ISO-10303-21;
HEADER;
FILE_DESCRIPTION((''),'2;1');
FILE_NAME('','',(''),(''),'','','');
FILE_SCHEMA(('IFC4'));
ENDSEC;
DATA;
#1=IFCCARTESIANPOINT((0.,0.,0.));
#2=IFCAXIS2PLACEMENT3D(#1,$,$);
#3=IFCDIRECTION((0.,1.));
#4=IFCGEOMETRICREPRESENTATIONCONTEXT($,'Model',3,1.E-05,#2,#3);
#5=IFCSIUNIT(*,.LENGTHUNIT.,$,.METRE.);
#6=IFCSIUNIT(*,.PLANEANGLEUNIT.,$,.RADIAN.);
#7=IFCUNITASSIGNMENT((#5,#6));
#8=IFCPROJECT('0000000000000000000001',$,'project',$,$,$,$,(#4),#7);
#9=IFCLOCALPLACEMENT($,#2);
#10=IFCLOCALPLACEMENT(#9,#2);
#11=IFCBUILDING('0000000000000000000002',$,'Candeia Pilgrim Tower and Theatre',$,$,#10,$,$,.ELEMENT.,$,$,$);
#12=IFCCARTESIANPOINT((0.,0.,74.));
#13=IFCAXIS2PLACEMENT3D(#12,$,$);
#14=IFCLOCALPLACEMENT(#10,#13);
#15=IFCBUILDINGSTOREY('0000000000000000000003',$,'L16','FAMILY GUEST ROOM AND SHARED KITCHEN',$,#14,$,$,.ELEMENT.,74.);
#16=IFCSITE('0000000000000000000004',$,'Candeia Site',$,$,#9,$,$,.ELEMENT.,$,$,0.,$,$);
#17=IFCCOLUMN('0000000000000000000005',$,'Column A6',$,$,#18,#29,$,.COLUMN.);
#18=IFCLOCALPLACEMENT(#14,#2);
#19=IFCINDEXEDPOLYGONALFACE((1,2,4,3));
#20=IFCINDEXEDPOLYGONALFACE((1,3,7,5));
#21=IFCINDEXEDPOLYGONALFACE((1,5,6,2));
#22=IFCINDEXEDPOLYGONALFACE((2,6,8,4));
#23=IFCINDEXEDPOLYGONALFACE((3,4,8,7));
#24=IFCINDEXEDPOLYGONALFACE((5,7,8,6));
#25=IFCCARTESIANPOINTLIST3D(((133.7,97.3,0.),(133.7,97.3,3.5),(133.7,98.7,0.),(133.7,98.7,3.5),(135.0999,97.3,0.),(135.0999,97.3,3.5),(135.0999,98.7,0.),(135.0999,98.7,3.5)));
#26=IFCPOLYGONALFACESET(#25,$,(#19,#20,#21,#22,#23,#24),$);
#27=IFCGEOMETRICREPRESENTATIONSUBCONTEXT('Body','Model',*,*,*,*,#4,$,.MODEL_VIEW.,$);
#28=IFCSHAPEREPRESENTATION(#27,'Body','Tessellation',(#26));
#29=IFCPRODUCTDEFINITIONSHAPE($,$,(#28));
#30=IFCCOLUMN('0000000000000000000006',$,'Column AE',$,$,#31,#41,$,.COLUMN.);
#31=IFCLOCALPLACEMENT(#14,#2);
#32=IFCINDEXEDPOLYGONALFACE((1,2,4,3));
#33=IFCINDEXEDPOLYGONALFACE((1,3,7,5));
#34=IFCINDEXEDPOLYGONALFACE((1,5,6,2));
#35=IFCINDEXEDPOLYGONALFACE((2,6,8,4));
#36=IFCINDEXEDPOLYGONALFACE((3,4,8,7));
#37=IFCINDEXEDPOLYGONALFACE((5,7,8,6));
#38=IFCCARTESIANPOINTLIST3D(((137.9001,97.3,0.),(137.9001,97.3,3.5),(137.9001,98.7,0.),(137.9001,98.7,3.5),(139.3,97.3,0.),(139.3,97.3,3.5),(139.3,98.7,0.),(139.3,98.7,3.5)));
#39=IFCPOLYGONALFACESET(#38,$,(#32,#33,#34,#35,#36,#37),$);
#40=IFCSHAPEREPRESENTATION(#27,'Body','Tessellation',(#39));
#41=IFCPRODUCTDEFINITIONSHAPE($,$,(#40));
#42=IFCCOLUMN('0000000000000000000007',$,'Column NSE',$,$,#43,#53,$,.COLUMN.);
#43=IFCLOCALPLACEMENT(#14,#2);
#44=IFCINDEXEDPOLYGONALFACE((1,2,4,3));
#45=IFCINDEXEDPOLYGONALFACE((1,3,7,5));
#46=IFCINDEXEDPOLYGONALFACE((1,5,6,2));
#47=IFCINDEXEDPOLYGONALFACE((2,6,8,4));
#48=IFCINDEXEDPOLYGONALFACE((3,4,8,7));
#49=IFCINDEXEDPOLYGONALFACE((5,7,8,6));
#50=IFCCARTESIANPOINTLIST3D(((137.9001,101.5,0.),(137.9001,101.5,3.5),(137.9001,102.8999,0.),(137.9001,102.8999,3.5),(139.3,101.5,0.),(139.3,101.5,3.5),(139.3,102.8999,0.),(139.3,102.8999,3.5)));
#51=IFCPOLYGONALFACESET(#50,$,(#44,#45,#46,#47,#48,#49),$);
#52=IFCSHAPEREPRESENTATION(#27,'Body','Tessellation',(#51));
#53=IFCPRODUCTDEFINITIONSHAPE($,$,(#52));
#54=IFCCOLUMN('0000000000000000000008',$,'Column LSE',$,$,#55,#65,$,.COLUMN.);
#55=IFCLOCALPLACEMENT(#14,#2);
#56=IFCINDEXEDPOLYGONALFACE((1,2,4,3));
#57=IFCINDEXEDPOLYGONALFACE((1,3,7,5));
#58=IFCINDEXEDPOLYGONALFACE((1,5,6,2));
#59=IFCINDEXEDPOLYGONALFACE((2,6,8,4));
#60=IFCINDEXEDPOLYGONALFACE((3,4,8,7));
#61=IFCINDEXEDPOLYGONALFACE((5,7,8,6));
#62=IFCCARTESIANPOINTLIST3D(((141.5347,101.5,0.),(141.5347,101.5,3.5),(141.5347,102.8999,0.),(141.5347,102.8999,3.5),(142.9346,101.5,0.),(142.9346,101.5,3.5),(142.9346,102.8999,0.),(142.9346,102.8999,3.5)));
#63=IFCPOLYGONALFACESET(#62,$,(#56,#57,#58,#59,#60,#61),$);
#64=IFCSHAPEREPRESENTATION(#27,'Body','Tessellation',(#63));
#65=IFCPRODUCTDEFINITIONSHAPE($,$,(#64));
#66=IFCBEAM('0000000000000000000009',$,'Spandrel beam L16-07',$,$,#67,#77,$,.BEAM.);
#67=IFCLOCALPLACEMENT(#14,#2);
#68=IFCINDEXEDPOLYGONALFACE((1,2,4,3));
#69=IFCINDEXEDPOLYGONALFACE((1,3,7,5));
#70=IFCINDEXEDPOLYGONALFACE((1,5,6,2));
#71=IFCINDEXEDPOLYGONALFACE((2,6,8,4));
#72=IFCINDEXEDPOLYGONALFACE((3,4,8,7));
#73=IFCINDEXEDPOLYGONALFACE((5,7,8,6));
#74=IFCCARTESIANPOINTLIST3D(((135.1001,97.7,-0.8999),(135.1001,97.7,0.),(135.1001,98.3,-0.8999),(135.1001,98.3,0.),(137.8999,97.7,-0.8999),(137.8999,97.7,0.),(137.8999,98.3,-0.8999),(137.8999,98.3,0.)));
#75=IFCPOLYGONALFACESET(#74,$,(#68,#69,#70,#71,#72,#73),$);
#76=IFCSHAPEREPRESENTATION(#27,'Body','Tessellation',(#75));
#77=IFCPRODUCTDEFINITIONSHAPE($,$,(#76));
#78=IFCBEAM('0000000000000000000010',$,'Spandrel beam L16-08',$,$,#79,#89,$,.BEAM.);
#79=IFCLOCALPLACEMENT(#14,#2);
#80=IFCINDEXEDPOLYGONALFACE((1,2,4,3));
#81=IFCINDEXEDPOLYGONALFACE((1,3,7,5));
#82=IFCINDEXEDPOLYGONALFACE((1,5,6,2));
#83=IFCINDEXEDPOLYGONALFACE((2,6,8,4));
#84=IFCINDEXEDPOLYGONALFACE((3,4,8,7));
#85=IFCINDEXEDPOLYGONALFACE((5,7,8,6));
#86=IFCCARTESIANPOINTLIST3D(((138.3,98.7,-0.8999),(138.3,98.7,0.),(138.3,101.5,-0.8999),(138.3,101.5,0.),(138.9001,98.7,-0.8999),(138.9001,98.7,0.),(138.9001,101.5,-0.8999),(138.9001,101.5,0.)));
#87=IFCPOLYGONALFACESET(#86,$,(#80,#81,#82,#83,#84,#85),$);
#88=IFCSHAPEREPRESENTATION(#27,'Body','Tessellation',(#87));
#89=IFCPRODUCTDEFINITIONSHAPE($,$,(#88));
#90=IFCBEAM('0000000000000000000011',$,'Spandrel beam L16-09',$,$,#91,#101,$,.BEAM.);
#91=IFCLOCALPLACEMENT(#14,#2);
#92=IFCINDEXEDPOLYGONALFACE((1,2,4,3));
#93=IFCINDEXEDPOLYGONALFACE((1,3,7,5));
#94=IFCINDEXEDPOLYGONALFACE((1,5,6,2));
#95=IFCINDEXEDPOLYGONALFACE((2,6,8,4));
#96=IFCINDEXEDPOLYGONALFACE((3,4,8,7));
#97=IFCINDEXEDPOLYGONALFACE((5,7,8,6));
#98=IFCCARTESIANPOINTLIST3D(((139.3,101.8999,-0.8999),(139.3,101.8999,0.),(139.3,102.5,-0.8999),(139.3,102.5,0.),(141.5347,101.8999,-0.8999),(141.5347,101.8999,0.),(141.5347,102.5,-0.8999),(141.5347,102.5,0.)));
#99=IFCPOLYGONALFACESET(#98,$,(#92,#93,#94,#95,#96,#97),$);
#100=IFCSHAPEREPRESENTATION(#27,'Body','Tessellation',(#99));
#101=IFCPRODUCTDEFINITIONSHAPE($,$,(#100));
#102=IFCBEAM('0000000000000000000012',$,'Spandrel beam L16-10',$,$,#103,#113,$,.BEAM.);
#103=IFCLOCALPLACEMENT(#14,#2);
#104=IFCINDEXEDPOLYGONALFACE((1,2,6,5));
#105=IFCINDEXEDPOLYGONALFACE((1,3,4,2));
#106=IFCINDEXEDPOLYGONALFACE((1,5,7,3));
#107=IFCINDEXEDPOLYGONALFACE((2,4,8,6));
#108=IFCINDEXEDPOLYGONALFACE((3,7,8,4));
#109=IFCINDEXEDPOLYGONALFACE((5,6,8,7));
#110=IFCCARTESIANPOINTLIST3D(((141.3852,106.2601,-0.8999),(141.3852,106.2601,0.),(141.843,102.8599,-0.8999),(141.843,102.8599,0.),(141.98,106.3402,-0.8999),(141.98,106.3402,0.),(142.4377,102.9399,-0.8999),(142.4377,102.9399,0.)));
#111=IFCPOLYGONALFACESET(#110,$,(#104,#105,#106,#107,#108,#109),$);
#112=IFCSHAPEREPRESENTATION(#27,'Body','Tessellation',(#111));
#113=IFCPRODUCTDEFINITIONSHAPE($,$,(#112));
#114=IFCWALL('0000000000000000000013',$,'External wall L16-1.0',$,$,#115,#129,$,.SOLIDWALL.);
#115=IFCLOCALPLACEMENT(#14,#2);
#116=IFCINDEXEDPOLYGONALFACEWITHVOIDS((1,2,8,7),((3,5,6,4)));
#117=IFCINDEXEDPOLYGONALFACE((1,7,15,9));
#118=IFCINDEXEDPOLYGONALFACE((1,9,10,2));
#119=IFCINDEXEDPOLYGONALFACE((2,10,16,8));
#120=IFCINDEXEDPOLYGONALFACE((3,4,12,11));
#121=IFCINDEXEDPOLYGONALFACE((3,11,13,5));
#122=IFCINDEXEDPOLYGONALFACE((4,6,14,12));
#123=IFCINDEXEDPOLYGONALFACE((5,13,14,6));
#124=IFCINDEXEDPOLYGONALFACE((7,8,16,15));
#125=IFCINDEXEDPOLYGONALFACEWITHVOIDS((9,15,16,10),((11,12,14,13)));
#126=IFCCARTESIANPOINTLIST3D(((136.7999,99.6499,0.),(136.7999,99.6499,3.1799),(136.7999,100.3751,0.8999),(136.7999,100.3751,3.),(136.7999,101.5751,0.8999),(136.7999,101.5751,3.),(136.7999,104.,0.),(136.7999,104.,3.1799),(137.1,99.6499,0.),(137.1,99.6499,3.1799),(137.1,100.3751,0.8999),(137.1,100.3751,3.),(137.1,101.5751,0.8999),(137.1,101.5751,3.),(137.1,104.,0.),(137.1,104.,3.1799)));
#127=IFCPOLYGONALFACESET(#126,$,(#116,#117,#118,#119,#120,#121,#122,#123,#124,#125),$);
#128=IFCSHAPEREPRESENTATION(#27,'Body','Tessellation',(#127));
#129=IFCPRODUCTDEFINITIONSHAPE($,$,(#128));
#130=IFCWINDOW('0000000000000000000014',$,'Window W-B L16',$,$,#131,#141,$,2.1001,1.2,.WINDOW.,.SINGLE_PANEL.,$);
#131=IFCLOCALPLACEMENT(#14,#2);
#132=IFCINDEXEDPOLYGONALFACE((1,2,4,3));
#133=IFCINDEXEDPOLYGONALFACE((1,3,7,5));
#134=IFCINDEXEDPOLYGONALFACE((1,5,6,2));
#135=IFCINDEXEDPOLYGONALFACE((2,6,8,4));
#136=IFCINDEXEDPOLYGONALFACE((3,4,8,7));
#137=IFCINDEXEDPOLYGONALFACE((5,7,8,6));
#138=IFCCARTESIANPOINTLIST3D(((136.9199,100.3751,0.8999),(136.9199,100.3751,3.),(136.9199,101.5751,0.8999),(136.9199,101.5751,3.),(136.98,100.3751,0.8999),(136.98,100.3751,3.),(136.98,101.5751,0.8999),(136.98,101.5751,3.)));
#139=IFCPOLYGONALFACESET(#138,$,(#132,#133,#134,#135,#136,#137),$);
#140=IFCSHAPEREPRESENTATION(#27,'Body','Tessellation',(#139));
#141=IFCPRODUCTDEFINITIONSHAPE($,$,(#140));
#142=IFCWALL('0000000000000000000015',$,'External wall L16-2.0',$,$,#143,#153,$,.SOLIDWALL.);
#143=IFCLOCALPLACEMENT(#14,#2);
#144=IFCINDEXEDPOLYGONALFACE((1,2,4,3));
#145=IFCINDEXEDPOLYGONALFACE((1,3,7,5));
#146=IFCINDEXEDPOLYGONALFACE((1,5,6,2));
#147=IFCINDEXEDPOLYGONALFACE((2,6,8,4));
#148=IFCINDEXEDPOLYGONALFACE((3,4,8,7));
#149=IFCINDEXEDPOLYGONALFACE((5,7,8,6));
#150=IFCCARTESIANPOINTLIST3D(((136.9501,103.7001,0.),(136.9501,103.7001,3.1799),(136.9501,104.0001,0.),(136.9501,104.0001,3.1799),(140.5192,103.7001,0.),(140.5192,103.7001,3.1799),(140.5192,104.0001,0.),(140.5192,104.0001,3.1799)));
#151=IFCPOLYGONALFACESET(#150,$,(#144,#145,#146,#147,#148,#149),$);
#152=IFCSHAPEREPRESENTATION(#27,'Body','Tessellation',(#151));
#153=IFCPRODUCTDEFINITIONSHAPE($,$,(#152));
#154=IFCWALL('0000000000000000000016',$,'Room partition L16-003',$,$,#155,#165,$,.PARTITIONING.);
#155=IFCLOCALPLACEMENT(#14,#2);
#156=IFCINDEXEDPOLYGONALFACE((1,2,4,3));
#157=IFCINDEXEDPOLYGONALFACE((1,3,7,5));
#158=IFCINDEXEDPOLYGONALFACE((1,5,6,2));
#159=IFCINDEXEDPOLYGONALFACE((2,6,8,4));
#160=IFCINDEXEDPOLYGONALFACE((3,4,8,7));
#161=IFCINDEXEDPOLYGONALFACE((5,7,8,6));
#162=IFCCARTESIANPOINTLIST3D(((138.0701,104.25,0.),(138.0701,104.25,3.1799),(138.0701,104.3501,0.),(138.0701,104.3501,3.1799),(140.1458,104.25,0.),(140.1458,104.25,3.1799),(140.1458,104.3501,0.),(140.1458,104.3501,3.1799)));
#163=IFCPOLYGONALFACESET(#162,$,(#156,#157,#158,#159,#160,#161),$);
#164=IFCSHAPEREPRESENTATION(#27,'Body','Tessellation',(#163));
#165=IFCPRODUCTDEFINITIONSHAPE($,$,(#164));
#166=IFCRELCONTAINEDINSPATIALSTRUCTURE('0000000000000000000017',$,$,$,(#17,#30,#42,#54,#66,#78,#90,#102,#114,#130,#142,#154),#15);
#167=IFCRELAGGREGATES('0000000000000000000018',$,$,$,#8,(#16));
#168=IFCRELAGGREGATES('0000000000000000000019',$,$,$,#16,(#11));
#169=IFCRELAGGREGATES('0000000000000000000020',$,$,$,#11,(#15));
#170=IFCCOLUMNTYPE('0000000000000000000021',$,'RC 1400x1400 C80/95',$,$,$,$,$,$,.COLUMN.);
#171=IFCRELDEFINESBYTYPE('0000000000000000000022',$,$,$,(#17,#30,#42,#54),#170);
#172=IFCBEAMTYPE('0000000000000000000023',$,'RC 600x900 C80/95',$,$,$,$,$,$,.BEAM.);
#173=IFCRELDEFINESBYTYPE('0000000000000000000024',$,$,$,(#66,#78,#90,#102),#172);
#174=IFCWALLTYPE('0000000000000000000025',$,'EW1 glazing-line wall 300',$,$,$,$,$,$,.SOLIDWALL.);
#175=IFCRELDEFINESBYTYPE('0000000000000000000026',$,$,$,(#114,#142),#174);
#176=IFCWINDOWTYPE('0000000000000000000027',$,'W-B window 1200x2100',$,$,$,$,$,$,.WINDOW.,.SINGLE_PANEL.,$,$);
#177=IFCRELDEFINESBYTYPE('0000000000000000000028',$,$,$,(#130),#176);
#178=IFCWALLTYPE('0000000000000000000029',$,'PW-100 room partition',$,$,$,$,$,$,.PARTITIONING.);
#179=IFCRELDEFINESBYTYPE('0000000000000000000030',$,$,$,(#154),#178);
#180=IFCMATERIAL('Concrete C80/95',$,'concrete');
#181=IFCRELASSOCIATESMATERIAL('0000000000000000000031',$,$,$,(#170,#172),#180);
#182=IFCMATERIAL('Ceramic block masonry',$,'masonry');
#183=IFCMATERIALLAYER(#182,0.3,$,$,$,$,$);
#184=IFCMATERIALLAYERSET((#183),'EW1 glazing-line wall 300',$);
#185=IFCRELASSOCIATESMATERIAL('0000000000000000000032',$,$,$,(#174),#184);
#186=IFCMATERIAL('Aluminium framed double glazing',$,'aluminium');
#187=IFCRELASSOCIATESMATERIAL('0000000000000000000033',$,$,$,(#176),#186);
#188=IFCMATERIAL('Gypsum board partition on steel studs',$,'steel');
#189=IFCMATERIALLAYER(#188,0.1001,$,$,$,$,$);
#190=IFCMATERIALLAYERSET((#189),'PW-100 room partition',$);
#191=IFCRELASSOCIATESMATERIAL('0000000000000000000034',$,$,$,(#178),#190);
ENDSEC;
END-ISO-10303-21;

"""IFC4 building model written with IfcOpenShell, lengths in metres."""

from ifc_helpers import new_model, si_unit, direction, frame, frame_2d, origin, origin_2d, place, context, subcontext, project, spatial, rectangle, extrude, material, layer, layer_set, material_profile, profile_set, type_object, element, fill, save


model = new_model("IFC4")

# Units and contexts
model_context = context("Model", 3, precision=1e-05, world=origin(), true_north=direction((0.0, 1.0)))
body_context = subcontext(model_context, "Body", "Model", "MODEL_VIEW")
ifc_project = project(units=[si_unit("LENGTHUNIT", "METRE"), si_unit("PLANEANGLEUNIT", "RADIAN")], contexts=[model_context])

# Site, building, storey
site_placement = place(None, origin())
site = spatial("IfcSite", under=ifc_project, at=site_placement, Name="Candeia Site", CompositionType="ELEMENT", RefElevation=0.0)
building_placement = place(site_placement, origin())
building = spatial("IfcBuilding", under=site, at=building_placement, Name="Candeia Pilgrim Tower and Theatre", CompositionType="ELEMENT")
storey_placement = place(building_placement, frame((0.0, 0.0, 74.0)))
storey = spatial("IfcBuildingStorey", under=building, at=storey_placement, Name="L16", Description="FAMILY GUEST ROOM AND SHARED KITCHEN", CompositionType="ELEMENT", Elevation=74.0)

# Columns
ifc_material_1 = material(Name="Concrete C80/95", Category="concrete")
ifc_material_profile_1 = material_profile(ifc_material_1, rectangle(XDim=1.3999, YDim=1.3999, at=origin_2d()))
ifc_profile_set_1 = profile_set([ifc_material_profile_1], Name="Concrete C80/95")
column_type = type_object("IfcColumnType", Name="RC 1400x1400 C80/95", PredefinedType="COLUMN", material=ifc_profile_set_1)
for number, where, z_axis, x_axis, name in (
    (1, (134.3999, 98.0, 0.0), (0.0, 0.0, 1.0), (1.0, 0.0, 0.0), "Column A6"),
    (2, (138.6001, 98.0, 0.0), (0.0, 0.0, 1.0), (1.0, 0.0, 0.0), "Column AE"),
    (3, (138.6001, 102.2, 0.0), (0.0, 0.0, 1.0), (1.0, 0.0, 0.0), "Column NSE"),
    (4, (142.2346, 102.2, 0.0), (0.0, 0.0, 1.0), (1.0, 0.0, 0.0), "Column LSE"),
):
    element("IfcColumn", number, at=place(storey_placement, frame(where, z_axis=z_axis, x_axis=x_axis)), inside=storey, type_object=column_type, Name=name, PredefinedType="COLUMN", context=body_context, shape_type="SweptSolid", body=[
        extrude(rectangle(XDim=1.3999, YDim=1.3999, at=origin_2d()), origin(), (0.0, 0.0, 1.0), 3.5),
    ])

# Beams
ifc_material_profile_2 = material_profile(ifc_material_1, rectangle(XDim=0.6001, YDim=0.8999, at=origin_2d()))
ifc_profile_set_2 = profile_set([ifc_material_profile_2], Name="Concrete C80/95")
beam_type = type_object("IfcBeamType", Name="RC 600x900 C80/95", PredefinedType="BEAM", material=ifc_profile_set_2)
beam_1_placement = place(storey_placement, frame((135.1001, 98.0, -0.45), z_axis=(1.0, 0.0, 0.0), x_axis=(0.0, 1.0, 0.0)))
element("IfcBeam", 5, at=beam_1_placement, inside=storey, type_object=beam_type, Name="Spandrel beam L16-07", PredefinedType="BEAM", context=body_context, shape_type="SweptSolid", body=[
    extrude(rectangle(XDim=0.6001, YDim=0.8999, at=origin_2d()), origin(), (0.0, 0.0, 1.0), 2.7998),
])
beam_2_placement = place(storey_placement, frame((138.6001, 98.7, -0.45), z_axis=(0.0, 1.0, 0.0), x_axis=(-1.0, 0.0, 0.0)))
element("IfcBeam", 6, at=beam_2_placement, inside=storey, type_object=beam_type, Name="Spandrel beam L16-08", PredefinedType="BEAM", context=body_context, shape_type="SweptSolid", body=[
    extrude(rectangle(XDim=0.6001, YDim=0.8999, at=origin_2d()), origin(), (0.0, 0.0, 1.0), 2.8),
])
beam_3_placement = place(storey_placement, frame((139.3, 102.2, -0.45), z_axis=(1.0, 0.0, 0.0), x_axis=(0.0, 1.0, 0.0)))
element("IfcBeam", 7, at=beam_3_placement, inside=storey, type_object=beam_type, Name="Spandrel beam L16-09", PredefinedType="BEAM", context=body_context, shape_type="SweptSolid", body=[
    extrude(rectangle(XDim=0.6001, YDim=0.8999, at=origin_2d()), origin(), (0.0, 0.0, 1.0), 2.2346),
])
beam_4_placement = place(storey_placement, frame((142.1404, 102.8999, -0.45), z_axis=(-0.133427, 0.991059, 0.0), x_axis=(-0.991059, -0.133427, 0.0)))
element("IfcBeam", 8, at=beam_4_placement, inside=storey, type_object=beam_type, Name="Spandrel beam L16-10", PredefinedType="BEAM", context=body_context, shape_type="SweptSolid", body=[
    extrude(rectangle(XDim=0.6001, YDim=0.8999, at=origin_2d()), origin(), (0.0, 0.0, 1.0), 3.4309),
])

# Wall, opening, window
ifc_material_2 = material(Name="Ceramic block masonry", Category="masonry")
ifc_layer_1 = layer(ifc_material_2, 0.3)
ifc_layer_set_1 = layer_set([ifc_layer_1], Name="EW1 glazing-line wall 300")
wall_type_1 = type_object("IfcWallType", Name="EW1 glazing-line wall 300", PredefinedType="SOLIDWALL", material=ifc_layer_set_1)
wall_1_placement = place(storey_placement, frame((136.95, 99.6499, 0.0), z_axis=(0.0, 0.0, 1.0), x_axis=(0.0, 1.0, 0.0)))
wall_1 = element("IfcWall", 9, at=wall_1_placement, inside=storey, type_object=wall_type_1, Name="External wall L16-1.0", PredefinedType="SOLIDWALL", context=body_context, shape_type="SweptSolid", body=[
    extrude(rectangle(XDim=4.3501, YDim=0.3, at=frame_2d((2.175, 0.0))), origin(), (0.0, 0.0, 1.0), 3.1799),
])
opening_1_placement = place(wall_1_placement, frame((0.7251, 0.0, 0.8999)))
opening_1 = element("IfcOpeningElement", 10, at=opening_1_placement, cuts=wall_1, PredefinedType="OPENING", context=body_context, shape_type="SweptSolid", body=[
    extrude(rectangle(XDim=1.2, YDim=2.1001, at=frame_2d((0.6001, 1.05))), frame((0.0, 0.1602, 0.0), z_axis=(0.0, -1.0, 0.0), x_axis=(1.0, 0.0, 0.0)), (0.0, 0.0, 1.0), 0.3201),
])
ifc_material_3 = material(Name="Aluminium framed double glazing", Category="aluminium")
window_type = type_object("IfcWindowType", Name="W-B window 1200x2100", PartitioningType="SINGLE_PANEL", PredefinedType="WINDOW", material=ifc_material_3)
window_1_placement = place(opening_1_placement, origin())
window_1 = element("IfcWindow", 11, at=window_1_placement, inside=storey, type_object=window_type, Name="Window W-B L16", OverallHeight=2.1001, OverallWidth=1.2, PartitioningType="SINGLE_PANEL", PredefinedType="WINDOW", context=body_context, shape_type="SweptSolid", body=[
    extrude(rectangle(XDim=1.2, YDim=2.1001, at=frame_2d((0.6001, 1.05))), frame((0.0, 0.03, 0.0), z_axis=(0.0, -1.0, 0.0), x_axis=(1.0, 0.0, 0.0)), (0.0, 0.0, 1.0), 0.0601),
])
fill(opening_1, window_1)

# Wall
wall_2_placement = place(storey_placement, frame((136.95, 103.8501, 0.0), z_axis=(0.0, 0.0, 1.0), x_axis=(1.0, 0.0, 0.0)))
element("IfcWall", 12, at=wall_2_placement, inside=storey, type_object=wall_type_1, Name="External wall L16-2.0", PredefinedType="SOLIDWALL", context=body_context, shape_type="SweptSolid", body=[
    extrude(rectangle(XDim=3.5691, YDim=0.3, at=frame_2d((1.7847, 0.0))), origin(), (0.0, 0.0, 1.0), 3.1799),
])

# Wall
ifc_material_4 = material(Name="Gypsum board partition on steel studs", Category="steel")
ifc_layer_2 = layer(ifc_material_4, 0.1001)
ifc_layer_set_2 = layer_set([ifc_layer_2], Name="PW-100 room partition")
wall_type_2 = type_object("IfcWallType", Name="PW-100 room partition", PredefinedType="PARTITIONING", material=ifc_layer_set_2)
wall_3_placement = place(storey_placement, frame((138.0701, 104.3, 0.0), z_axis=(0.0, 0.0, 1.0), x_axis=(1.0, 0.0, 0.0)))
element("IfcWall", 13, at=wall_3_placement, inside=storey, type_object=wall_type_2, Name="Room partition L16-003", PredefinedType="PARTITIONING", context=body_context, shape_type="SweptSolid", body=[
    extrude(rectangle(XDim=2.0757, YDim=0.1001, at=frame_2d((1.0378, 0.0))), origin(), (0.0, 0.0, 1.0), 3.1799),
])

save(model, "model.ifc")
